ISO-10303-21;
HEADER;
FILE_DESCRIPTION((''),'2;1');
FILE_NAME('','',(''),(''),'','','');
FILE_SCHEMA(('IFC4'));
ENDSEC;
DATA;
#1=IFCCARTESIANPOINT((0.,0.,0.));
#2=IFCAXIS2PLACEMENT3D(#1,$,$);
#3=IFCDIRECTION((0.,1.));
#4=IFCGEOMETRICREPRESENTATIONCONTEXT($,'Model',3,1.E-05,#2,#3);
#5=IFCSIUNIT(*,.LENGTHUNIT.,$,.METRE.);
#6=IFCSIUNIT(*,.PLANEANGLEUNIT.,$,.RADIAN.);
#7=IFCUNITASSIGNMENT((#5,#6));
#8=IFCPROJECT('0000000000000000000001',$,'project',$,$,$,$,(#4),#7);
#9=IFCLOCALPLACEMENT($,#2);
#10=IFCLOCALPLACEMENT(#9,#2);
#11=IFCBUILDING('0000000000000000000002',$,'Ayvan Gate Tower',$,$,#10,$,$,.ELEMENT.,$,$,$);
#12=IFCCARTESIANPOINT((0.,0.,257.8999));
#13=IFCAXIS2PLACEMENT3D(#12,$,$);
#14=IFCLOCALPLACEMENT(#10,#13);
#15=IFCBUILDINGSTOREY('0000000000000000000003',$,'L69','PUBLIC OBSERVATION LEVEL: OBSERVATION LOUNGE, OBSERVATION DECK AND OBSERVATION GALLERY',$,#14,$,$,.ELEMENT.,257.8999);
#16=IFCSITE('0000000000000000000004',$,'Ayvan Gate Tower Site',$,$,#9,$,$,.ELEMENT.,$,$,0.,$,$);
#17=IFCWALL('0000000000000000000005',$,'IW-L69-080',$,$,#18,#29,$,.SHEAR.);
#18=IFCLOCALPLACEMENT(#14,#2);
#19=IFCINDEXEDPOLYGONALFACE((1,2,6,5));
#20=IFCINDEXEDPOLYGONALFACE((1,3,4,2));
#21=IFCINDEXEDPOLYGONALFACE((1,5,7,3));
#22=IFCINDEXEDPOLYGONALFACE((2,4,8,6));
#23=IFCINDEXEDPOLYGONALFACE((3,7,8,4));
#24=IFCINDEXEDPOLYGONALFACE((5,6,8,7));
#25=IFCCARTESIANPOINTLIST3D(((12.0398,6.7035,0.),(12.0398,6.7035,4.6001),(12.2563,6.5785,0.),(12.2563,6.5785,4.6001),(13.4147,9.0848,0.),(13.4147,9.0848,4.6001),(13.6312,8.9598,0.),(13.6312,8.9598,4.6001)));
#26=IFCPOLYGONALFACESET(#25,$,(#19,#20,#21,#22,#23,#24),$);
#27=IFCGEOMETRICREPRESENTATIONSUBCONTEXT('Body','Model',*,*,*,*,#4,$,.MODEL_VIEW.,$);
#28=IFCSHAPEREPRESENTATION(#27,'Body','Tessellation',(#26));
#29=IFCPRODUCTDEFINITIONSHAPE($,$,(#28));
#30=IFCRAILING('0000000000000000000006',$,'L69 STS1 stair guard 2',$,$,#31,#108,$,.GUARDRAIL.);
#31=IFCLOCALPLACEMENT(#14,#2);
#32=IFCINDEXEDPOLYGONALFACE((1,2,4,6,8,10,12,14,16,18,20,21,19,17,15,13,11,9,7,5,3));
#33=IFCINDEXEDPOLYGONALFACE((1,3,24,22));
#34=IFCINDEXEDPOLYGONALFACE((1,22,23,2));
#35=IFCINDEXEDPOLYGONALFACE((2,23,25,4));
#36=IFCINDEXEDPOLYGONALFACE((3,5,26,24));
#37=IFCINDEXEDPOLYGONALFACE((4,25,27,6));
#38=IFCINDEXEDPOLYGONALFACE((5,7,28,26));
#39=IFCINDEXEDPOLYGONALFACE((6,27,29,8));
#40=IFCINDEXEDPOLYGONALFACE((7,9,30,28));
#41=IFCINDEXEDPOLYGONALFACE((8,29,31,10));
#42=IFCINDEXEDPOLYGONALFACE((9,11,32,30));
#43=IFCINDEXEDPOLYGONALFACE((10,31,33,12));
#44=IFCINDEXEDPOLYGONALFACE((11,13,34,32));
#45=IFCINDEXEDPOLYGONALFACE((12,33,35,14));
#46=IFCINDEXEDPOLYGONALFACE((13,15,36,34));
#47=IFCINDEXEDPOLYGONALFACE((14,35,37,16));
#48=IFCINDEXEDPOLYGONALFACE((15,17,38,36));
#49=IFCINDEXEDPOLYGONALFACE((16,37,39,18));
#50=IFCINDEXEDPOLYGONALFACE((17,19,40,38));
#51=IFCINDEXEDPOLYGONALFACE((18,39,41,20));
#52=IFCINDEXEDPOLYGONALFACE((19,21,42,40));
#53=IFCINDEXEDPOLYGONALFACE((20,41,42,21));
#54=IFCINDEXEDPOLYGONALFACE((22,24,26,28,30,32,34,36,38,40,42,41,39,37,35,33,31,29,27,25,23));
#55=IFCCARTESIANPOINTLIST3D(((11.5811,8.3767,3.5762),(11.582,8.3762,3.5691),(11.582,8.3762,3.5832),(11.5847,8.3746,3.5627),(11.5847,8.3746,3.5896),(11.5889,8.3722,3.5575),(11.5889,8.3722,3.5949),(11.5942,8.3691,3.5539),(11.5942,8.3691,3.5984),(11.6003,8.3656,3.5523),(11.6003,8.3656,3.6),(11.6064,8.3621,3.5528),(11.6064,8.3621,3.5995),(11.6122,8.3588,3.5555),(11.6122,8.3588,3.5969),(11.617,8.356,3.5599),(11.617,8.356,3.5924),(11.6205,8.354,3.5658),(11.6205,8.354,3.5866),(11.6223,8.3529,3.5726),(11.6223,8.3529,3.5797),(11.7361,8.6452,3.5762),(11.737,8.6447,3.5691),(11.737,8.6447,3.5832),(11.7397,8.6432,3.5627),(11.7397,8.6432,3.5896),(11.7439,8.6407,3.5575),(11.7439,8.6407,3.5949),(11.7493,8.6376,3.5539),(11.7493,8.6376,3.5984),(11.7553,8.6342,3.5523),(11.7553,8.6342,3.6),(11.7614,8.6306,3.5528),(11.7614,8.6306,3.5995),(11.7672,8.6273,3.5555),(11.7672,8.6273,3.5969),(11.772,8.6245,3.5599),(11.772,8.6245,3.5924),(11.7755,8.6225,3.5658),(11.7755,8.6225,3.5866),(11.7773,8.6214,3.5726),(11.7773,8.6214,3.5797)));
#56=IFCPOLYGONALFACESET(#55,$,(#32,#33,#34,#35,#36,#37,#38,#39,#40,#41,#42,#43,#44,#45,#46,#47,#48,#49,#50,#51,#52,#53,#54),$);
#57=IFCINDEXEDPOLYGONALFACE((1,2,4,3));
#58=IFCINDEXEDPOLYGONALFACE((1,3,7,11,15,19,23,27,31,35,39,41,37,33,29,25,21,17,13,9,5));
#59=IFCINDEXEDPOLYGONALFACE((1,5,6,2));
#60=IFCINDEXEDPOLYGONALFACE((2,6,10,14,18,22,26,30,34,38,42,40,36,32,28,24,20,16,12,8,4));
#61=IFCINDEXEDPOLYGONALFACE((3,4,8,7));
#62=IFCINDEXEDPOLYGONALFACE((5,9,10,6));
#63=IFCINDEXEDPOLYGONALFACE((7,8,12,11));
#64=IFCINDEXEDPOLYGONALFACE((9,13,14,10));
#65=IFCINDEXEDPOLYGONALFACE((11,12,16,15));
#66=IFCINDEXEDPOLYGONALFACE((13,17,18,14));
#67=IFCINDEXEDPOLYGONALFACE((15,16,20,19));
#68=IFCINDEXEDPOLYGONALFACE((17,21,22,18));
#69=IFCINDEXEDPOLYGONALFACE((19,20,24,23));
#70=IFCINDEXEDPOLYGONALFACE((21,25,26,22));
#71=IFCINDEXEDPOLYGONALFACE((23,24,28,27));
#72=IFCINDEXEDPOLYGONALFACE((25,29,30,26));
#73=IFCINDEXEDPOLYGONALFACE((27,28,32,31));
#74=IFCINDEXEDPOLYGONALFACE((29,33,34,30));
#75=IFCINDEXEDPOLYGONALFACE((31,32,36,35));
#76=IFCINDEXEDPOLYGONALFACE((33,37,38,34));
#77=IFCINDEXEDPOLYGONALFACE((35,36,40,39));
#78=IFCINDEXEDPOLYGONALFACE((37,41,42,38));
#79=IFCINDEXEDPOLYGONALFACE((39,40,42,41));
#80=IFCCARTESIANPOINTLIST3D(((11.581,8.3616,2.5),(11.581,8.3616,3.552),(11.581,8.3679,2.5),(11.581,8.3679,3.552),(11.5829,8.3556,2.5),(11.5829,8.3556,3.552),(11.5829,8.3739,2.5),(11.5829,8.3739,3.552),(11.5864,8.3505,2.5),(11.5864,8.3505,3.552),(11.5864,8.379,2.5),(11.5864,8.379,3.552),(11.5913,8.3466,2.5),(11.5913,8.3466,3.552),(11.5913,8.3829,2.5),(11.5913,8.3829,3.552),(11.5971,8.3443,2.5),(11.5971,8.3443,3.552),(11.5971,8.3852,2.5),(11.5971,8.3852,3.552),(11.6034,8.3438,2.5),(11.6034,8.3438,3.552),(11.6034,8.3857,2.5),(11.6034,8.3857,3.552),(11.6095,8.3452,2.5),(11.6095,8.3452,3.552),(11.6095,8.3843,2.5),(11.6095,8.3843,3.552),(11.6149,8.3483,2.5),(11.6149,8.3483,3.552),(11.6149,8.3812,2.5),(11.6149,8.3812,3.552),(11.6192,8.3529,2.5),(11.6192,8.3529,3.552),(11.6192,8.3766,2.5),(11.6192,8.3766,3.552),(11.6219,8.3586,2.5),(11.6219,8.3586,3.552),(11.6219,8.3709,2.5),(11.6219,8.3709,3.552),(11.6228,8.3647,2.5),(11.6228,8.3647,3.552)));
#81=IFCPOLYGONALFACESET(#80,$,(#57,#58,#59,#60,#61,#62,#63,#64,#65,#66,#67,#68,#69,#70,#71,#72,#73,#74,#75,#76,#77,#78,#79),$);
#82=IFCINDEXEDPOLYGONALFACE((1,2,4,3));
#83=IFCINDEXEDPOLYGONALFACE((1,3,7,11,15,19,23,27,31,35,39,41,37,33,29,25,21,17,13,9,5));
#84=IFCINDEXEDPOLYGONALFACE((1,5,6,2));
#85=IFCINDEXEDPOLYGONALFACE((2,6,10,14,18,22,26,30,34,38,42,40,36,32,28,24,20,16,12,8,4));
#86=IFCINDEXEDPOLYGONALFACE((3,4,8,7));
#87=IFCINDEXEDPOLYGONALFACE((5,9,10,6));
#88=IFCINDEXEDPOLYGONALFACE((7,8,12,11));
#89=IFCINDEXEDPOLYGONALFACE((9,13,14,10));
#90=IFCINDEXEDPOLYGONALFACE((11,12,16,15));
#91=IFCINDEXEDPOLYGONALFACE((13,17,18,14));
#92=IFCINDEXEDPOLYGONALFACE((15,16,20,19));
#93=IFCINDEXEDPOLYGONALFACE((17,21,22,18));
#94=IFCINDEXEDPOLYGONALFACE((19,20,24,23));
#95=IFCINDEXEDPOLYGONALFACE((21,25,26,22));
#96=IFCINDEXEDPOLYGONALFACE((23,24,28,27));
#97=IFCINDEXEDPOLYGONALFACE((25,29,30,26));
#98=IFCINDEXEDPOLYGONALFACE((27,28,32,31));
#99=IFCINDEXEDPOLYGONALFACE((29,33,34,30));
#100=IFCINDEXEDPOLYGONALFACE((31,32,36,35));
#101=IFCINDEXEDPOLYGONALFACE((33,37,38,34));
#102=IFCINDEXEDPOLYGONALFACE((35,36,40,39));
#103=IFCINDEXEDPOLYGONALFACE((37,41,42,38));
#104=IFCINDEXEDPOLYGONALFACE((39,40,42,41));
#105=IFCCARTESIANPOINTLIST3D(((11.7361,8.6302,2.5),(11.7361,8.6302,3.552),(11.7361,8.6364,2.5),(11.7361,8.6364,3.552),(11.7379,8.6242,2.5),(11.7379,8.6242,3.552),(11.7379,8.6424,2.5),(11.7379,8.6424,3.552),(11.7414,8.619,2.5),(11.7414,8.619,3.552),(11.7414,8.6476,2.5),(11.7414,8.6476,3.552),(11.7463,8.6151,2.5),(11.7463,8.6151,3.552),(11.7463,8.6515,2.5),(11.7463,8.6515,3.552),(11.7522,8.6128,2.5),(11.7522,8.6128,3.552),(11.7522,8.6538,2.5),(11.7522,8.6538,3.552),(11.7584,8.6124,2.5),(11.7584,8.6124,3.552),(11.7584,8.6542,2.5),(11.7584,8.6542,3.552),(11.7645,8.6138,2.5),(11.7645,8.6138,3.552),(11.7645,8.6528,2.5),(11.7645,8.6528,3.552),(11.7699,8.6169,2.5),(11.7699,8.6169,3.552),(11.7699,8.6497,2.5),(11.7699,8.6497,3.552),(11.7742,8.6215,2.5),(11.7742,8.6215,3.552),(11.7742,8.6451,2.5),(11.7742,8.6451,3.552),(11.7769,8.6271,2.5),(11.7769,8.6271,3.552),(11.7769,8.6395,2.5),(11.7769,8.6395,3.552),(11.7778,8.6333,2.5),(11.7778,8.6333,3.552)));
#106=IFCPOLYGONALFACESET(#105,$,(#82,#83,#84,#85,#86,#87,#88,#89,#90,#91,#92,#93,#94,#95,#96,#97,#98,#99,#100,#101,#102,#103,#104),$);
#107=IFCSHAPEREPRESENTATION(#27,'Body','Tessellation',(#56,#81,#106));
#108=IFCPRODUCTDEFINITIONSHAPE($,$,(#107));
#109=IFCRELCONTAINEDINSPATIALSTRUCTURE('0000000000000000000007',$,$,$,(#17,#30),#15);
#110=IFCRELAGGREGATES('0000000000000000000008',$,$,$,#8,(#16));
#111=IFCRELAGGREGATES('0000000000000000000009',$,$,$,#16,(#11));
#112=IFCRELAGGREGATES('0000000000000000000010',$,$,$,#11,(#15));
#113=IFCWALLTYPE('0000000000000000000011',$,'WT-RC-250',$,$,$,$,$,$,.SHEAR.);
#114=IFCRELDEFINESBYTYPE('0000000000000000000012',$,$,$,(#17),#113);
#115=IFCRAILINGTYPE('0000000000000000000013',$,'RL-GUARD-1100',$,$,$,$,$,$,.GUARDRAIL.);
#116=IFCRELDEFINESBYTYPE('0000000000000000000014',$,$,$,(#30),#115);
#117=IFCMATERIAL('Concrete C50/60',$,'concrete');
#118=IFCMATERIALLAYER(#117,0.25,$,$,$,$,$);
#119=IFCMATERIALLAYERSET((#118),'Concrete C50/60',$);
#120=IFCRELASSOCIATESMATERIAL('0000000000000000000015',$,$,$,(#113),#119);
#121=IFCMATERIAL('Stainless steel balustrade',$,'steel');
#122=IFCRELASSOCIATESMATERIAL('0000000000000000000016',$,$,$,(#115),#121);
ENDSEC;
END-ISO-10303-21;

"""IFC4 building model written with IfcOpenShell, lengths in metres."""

from ifc_helpers import new_model, si_unit, direction, frame, frame_2d, origin, origin_2d, place, context, subcontext, project, spatial, rectangle, circle, extrude, material, layer, layer_set, type_object, element, save


model = new_model("IFC4")

# Units and contexts
model_context = context("Model", 3, precision=1e-05, world=origin(), true_north=direction((0.0, 1.0)))
body_context = subcontext(model_context, "Body", "Model", "MODEL_VIEW")
ifc_project = project(units=[si_unit("LENGTHUNIT", "METRE"), si_unit("PLANEANGLEUNIT", "RADIAN")], contexts=[model_context])

# Site, building, storey
site_placement = place(None, origin())
site = spatial("IfcSite", under=ifc_project, at=site_placement, Name="Ayvan Gate Tower Site", CompositionType="ELEMENT", RefElevation=0.0)
building_placement = place(site_placement, origin())
building = spatial("IfcBuilding", under=site, at=building_placement, Name="Ayvan Gate Tower", CompositionType="ELEMENT")
storey_placement = place(building_placement, frame((0.0, 0.0, 257.8999)))
storey = spatial("IfcBuildingStorey", under=building, at=storey_placement, Name="L69", Description="PUBLIC OBSERVATION LEVEL: OBSERVATION LOUNGE, OBSERVATION DECK AND OBSERVATION GALLERY", CompositionType="ELEMENT", Elevation=257.8999)

# Shared definitions
ifc_material_1 = material(Name="Concrete C50/60", Category="concrete")

# Shared definitions
ifc_layer_1 = layer(ifc_material_1, 0.25)
ifc_layer_set_1 = layer_set([ifc_layer_1], Name="Concrete C50/60")
wall_type_1 = type_object("IfcWallType", Name="WT-RC-250", PredefinedType="SHEAR", material=ifc_layer_set_1)

# Wall
wall_1_placement = place(storey_placement, frame((12.1479, 6.6409, 0.0), z_axis=(0.0, 0.0, 1.0), x_axis=(0.500035, 0.866005, 0.0)))
element("IfcWall", 1, at=wall_1_placement, inside=storey, type_object=wall_type_1, Name="IW-L69-080", PredefinedType="SHEAR", context=body_context, shape_type="SweptSolid", body=[
    extrude(rectangle(XDim=2.7498, YDim=0.25, at=frame_2d((1.375, 0.0))), origin(), (0.0, 0.0, 1.0), 4.6001),
])

# Railing
ifc_material_2 = material(Name="Stainless steel balustrade", Category="steel")
railing_type_1 = type_object("IfcRailingType", Name="RL-GUARD-1100", PredefinedType="GUARDRAIL", material=ifc_material_2)
railing_1_placement = place(storey_placement, frame((11.6018, 8.3647, 2.5)))
element("IfcRailing", 2, at=railing_1_placement, inside=storey, type_object=railing_type_1, Name="L69 STS1 stair guard 2", PredefinedType="GUARDRAIL", context=body_context, shape_type="SweptSolid", body=[
    extrude(circle(Radius=0.0239, at=origin_2d()), frame((0.0, 0.0, 1.0762), z_axis=(0.49995, 0.866054, 0.0), x_axis=(-0.866054, 0.49995, 0.0)), (0.0, 0.0, 1.0), 0.3101),
    extrude(circle(Radius=0.021, at=origin_2d()), origin(), (0.0, 0.0, 1.0), 1.052),
    extrude(circle(Radius=0.021, at=origin_2d()), frame((0.155, 0.2686, 0.0)), (0.0, 0.0, 1.0), 1.052),
])

save(model, "model.ifc")
